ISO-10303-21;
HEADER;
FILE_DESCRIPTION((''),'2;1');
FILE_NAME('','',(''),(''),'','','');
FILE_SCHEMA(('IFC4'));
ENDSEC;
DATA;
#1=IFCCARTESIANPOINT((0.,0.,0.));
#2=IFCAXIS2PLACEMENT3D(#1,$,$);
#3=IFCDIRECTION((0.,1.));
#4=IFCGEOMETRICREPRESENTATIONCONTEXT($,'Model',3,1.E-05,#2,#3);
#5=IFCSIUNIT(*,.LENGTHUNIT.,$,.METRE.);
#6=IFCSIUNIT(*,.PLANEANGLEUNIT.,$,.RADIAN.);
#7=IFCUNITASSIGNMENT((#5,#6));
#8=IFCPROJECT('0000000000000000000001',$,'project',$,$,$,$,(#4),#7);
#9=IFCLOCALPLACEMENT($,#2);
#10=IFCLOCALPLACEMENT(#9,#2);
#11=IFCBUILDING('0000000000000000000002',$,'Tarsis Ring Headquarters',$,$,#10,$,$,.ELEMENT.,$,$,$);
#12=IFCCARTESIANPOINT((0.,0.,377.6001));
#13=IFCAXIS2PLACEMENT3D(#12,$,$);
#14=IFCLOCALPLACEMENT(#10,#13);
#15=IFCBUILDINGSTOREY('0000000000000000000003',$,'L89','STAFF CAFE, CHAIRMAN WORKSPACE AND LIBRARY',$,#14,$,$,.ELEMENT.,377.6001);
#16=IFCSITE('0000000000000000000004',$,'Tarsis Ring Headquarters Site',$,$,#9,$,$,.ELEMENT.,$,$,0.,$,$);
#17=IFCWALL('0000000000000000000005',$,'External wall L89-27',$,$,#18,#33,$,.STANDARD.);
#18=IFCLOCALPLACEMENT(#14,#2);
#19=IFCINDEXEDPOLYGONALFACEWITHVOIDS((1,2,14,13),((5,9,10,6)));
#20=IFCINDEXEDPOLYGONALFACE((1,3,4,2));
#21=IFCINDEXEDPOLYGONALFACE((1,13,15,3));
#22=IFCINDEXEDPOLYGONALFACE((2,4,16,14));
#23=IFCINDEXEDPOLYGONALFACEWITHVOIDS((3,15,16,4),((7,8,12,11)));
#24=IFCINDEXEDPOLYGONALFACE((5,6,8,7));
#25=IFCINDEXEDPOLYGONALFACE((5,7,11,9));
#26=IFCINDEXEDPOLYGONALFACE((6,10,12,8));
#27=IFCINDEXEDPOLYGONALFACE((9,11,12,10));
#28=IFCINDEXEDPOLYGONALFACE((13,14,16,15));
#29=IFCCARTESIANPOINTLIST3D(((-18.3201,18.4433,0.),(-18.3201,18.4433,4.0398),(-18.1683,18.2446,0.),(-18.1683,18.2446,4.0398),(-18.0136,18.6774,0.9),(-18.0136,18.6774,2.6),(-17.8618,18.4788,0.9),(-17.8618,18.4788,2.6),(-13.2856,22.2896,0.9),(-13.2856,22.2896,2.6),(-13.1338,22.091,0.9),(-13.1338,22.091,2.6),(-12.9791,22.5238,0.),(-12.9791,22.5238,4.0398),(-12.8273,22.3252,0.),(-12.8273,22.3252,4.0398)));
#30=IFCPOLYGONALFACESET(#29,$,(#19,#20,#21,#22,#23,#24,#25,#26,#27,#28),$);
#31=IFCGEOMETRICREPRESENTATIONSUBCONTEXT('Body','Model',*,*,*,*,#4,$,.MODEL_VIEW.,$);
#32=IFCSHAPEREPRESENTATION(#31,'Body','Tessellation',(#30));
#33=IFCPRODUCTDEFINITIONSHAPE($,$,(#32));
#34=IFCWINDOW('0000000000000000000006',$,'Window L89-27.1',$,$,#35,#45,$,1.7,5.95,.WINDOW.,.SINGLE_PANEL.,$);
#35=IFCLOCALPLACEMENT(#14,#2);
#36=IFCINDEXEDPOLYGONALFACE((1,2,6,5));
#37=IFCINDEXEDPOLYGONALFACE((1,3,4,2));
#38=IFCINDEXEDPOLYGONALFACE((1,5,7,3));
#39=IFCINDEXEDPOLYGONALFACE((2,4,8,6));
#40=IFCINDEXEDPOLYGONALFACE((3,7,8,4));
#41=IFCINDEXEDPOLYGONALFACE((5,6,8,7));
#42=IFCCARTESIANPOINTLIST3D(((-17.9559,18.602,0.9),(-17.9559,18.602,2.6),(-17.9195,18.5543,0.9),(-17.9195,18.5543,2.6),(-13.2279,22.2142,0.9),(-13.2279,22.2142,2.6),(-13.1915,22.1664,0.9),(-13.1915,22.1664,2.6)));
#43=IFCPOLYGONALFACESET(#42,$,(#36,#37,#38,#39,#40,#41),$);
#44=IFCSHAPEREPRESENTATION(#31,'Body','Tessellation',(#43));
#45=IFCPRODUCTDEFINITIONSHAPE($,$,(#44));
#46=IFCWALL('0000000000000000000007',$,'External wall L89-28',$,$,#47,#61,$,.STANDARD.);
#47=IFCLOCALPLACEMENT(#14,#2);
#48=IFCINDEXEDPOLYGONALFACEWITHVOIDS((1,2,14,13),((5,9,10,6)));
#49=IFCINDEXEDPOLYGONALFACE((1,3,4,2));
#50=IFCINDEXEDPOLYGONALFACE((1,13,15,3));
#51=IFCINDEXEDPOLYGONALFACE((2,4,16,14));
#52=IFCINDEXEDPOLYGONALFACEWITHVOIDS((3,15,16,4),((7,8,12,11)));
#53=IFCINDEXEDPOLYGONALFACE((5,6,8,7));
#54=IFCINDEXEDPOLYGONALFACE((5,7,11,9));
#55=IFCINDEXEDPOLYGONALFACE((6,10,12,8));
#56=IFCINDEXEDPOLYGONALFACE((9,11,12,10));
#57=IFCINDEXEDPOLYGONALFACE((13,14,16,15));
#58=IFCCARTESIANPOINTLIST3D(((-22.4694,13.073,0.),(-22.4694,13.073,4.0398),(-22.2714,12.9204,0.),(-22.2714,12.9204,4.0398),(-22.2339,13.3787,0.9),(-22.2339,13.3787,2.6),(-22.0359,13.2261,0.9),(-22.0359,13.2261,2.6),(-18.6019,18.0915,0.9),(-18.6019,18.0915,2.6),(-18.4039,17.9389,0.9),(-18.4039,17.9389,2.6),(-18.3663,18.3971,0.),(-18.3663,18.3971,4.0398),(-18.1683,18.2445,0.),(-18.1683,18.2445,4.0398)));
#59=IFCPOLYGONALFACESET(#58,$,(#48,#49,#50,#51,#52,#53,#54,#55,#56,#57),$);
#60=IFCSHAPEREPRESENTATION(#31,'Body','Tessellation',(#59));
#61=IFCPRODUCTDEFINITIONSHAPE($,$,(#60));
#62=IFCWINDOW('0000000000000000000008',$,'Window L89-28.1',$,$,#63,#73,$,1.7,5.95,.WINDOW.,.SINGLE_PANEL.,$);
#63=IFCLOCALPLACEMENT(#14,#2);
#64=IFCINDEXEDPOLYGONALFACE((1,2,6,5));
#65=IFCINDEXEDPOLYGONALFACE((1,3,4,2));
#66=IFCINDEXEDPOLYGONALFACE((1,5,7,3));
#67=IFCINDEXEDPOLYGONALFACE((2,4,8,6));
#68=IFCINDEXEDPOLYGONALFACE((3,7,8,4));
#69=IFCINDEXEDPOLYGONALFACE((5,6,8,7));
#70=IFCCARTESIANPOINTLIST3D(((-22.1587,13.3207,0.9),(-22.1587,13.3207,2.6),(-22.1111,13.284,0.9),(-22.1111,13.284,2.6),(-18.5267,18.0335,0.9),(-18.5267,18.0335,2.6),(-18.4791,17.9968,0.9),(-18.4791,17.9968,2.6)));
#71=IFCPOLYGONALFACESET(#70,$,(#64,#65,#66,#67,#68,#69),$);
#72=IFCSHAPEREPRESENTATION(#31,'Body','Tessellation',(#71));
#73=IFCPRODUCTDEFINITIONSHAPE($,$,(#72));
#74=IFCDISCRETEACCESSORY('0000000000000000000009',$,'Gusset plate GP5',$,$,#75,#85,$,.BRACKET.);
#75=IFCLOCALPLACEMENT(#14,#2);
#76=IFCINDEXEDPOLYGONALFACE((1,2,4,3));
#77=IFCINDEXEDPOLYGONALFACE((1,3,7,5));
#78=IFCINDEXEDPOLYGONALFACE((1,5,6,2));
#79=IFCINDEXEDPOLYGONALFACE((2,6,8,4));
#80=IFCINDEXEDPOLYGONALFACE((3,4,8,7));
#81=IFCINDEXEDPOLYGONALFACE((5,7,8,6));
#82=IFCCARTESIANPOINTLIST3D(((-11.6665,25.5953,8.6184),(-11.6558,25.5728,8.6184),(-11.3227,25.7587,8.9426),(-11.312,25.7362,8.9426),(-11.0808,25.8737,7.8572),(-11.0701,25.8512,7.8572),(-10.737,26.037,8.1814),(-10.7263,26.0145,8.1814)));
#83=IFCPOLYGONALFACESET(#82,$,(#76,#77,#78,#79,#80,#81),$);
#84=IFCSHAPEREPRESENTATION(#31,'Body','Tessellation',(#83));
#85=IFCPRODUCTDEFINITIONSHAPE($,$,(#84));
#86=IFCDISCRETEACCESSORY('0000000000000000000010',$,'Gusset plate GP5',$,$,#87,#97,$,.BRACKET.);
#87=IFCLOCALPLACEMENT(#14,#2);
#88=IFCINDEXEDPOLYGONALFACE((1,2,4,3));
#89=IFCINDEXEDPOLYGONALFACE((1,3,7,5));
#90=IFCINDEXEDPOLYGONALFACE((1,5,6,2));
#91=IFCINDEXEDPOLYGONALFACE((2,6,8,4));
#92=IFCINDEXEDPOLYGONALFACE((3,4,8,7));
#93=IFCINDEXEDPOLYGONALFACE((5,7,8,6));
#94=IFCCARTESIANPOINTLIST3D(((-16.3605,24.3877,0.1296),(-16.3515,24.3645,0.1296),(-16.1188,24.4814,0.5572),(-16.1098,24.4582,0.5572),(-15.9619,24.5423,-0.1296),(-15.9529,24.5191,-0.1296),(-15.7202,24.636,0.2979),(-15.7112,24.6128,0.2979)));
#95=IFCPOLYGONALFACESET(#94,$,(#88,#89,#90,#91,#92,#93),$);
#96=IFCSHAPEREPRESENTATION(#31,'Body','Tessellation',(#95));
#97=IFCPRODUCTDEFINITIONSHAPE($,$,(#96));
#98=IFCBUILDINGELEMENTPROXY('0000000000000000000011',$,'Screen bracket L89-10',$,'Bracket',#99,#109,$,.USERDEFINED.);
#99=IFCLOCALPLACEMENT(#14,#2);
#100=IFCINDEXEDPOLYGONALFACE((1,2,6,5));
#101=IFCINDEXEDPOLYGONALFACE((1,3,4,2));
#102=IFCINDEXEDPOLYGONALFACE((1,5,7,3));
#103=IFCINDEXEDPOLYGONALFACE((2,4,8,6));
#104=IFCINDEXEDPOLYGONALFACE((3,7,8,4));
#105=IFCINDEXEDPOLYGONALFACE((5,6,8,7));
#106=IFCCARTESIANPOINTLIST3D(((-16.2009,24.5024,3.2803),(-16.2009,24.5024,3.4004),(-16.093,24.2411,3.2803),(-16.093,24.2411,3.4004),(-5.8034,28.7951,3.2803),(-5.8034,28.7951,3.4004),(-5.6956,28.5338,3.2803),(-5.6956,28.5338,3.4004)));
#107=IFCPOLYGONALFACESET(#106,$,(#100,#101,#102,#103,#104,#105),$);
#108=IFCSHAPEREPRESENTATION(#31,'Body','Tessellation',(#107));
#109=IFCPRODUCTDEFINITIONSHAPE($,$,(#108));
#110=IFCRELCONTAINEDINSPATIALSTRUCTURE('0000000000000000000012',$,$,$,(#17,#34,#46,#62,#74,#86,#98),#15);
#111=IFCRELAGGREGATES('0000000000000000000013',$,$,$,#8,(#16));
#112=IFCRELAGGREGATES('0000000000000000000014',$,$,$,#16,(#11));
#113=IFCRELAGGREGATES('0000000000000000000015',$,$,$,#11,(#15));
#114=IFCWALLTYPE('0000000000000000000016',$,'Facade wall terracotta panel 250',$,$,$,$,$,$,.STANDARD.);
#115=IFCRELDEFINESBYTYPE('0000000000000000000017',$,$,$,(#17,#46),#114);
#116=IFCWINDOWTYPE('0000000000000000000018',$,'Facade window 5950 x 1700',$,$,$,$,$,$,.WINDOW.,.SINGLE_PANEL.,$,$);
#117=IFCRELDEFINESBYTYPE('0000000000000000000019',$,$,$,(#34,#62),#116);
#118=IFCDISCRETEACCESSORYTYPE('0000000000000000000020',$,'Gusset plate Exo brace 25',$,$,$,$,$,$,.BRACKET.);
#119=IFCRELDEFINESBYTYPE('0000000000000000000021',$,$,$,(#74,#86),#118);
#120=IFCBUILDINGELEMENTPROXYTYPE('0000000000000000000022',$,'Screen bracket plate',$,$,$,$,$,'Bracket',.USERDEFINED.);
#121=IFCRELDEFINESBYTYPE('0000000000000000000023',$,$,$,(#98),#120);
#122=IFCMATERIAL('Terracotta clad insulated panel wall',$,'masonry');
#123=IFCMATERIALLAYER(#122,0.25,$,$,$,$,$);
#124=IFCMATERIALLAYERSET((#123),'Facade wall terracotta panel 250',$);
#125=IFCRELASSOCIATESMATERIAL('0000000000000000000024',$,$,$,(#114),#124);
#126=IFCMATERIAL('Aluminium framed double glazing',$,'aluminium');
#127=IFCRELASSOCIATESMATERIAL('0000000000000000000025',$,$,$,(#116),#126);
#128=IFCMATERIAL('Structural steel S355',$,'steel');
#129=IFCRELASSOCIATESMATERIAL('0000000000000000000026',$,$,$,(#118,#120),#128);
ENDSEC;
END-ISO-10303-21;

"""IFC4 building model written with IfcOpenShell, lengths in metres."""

from ifc_helpers import new_model, si_unit, direction, frame, frame_2d, origin, origin_2d, place, context, subcontext, project, spatial, rectangle, extrude, material, layer, layer_set, material_profile, profile_set, type_object, element, fill, save


model = new_model("IFC4")

# Units and contexts
model_context = context("Model", 3, precision=1e-05, world=origin(), true_north=direction((0.0, 1.0)))
body_context = subcontext(model_context, "Body", "Model", "MODEL_VIEW")
ifc_project = project(units=[si_unit("LENGTHUNIT", "METRE"), si_unit("PLANEANGLEUNIT", "RADIAN")], contexts=[model_context])

# Site, building, storey
site_placement = place(None, origin())
site = spatial("IfcSite", under=ifc_project, at=site_placement, Name="Tarsis Ring Headquarters Site", CompositionType="ELEMENT", RefElevation=0.0)
building_placement = place(site_placement, origin())
building = spatial("IfcBuilding", under=site, at=building_placement, Name="Tarsis Ring Headquarters", CompositionType="ELEMENT")
storey_placement = place(building_placement, frame((0.0, 0.0, 377.6001)))
storey = spatial("IfcBuildingStorey", under=building, at=storey_placement, Name="L89", Description="STAFF CAFE, CHAIRMAN WORKSPACE AND LIBRARY", CompositionType="ELEMENT", Elevation=377.6001)

# Shared definitions
ifc_material_1 = material(Name="Structural steel S355", Category="steel")

# Walls, openings, windows
ifc_material_2 = material(Name="Terracotta clad insulated panel wall", Category="masonry")
ifc_layer_1 = layer(ifc_material_2, 0.25)
ifc_layer_set_1 = layer_set([ifc_layer_1], Name="Facade wall terracotta panel 250")
wall_type_1 = type_object("IfcWallType", Name="Facade wall terracotta panel 250", PredefinedType="STANDARD", material=ifc_layer_set_1)
ifc_material_3 = material(Name="Aluminium framed double glazing", Category="aluminium")
window_type = type_object("IfcWindowType", Name="Facade window 5950 x 1700", PartitioningType="SINGLE_PANEL", PredefinedType="WINDOW", material=ifc_material_3)
wall_1_placement = place(storey_placement, frame((-12.9031, 22.4246, 0.0), z_axis=(0.0, 0.0, 1.0), x_axis=(-0.794629, -0.607095, 0.0)))
wall_1 = element("IfcWall", 1, at=wall_1_placement, inside=storey, type_object=wall_type_1, Name="External wall L89-27", PredefinedType="STANDARD", context=body_context, shape_type="SweptSolid", body=[
    extrude(rectangle(XDim=6.7214, YDim=0.25, at=frame_2d((3.3608, 0.0))), origin(), (0.0, 0.0, 1.0), 4.0398),
])
opening_1_placement = place(wall_1_placement, frame((0.3857, 0.0, 0.8999)))
opening_1 = element("IfcOpeningElement", 2, at=opening_1_placement, cuts=wall_1, PredefinedType="OPENING", context=body_context, shape_type="SweptSolid", body=[
    extrude(rectangle(XDim=5.95, YDim=1.7, at=frame_2d((2.9751, 0.8501))), frame((0.0, 0.135, 0.0), z_axis=(0.0, -1.0, 0.0), x_axis=(1.0, 0.0, 0.0)), (0.0, 0.0, 1.0), 0.27),
])
window_1_placement = place(opening_1_placement, origin())
window_1 = element("IfcWindow", 3, at=window_1_placement, inside=storey, type_object=window_type, Name="Window L89-27.1", OverallHeight=1.7, OverallWidth=5.95, PartitioningType="SINGLE_PANEL", PredefinedType="WINDOW", context=body_context, shape_type="SweptSolid", body=[
    extrude(rectangle(XDim=5.95, YDim=1.7, at=frame_2d((2.9751, 0.8501))), frame((0.0, 0.03, 0.0), z_axis=(0.0, -1.0, 0.0), x_axis=(1.0, 0.0, 0.0)), (0.0, 0.0, 1.0), 0.0601),
])
fill(opening_1, window_1)
wall_2_placement = place(storey_placement, frame((-18.2673, 18.3208, 0.0), z_axis=(0.0, 0.0, 1.0), x_axis=(-0.610427, -0.792073, 0.0)))
wall_2 = element("IfcWall", 4, at=wall_2_placement, inside=storey, type_object=wall_type_1, Name="External wall L89-28", PredefinedType="STANDARD", context=body_context, shape_type="SweptSolid", body=[
    extrude(rectangle(XDim=6.7217, YDim=0.25, at=frame_2d((3.3608, 0.0))), origin(), (0.0, 0.0, 1.0), 4.0398),
])
opening_2_placement = place(wall_2_placement, frame((0.3857, 0.0, 0.8999)))
opening_2 = element("IfcOpeningElement", 5, at=opening_2_placement, cuts=wall_2, PredefinedType="OPENING", context=body_context, shape_type="SweptSolid", body=[
    extrude(rectangle(XDim=5.95, YDim=1.7, at=frame_2d((2.9751, 0.8501))), frame((0.0, 0.135, 0.0), z_axis=(0.0, -1.0, 0.0), x_axis=(1.0, 0.0, 0.0)), (0.0, 0.0, 1.0), 0.27),
])
window_2_placement = place(opening_2_placement, origin())
window_2 = element("IfcWindow", 6, at=window_2_placement, inside=storey, type_object=window_type, Name="Window L89-28.1", OverallHeight=1.7, OverallWidth=5.95, PartitioningType="SINGLE_PANEL", PredefinedType="WINDOW", context=body_context, shape_type="SweptSolid", body=[
    extrude(rectangle(XDim=5.95, YDim=1.7, at=frame_2d((2.9751, 0.8501))), frame((0.0, 0.03, 0.0), z_axis=(0.0, -1.0, 0.0), x_axis=(1.0, 0.0, 0.0)), (0.0, 0.0, 1.0), 0.0601),
])
fill(opening_2, window_2)

# Discrete accessories
ifc_material_profile_1 = material_profile(ifc_material_1, rectangle(XDim=0.0249, YDim=0.5, at=origin_2d()), Name="PL 25x500")
ifc_profile_set_1 = profile_set([ifc_material_profile_1], Name="Structural steel S355")
discrete_accessory_type = type_object("IfcDiscreteAccessoryType", Name="Gusset plate Exo brace 25", PredefinedType="BRACKET", material=ifc_profile_set_1)
discrete_accessory_1_placement = place(storey_placement, frame((-10.9036, 25.9441, 8.0193), z_axis=(-0.585702, -0.278324, 0.761242), x_axis=(0.429203, -0.903208, 0.0)))
element("IfcDiscreteAccessory", 7, at=discrete_accessory_1_placement, inside=storey, type_object=discrete_accessory_type, Name="Gusset plate GP5", PredefinedType="BRACKET", context=body_context, shape_type="SweptSolid", body=[
    extrude(rectangle(XDim=0.0249, YDim=0.5, at=origin_2d()), origin(), (0.0, 0.0, 1.0), 1.0),
])
discrete_accessory_2_placement = place(storey_placement, frame((-16.1567, 24.4534, 0.0), z_axis=(0.483441, 0.187517, 0.855057), x_axis=(-0.361628, 0.932322, 0.0)))
element("IfcDiscreteAccessory", 8, at=discrete_accessory_2_placement, inside=storey, type_object=discrete_accessory_type, Name="Gusset plate GP5", PredefinedType="BRACKET", context=body_context, shape_type="SweptSolid", body=[
    extrude(rectangle(XDim=0.0249, YDim=0.5, at=origin_2d()), origin(), (0.0, 0.0, 1.0), 0.5),
])

# Building element proxy
building_element_proxy_type = type_object("IfcBuildingElementProxyType", Name="Screen bracket plate", ElementType="Bracket", PredefinedType="USERDEFINED", material=ifc_material_1)
proxy_placement = place(storey_placement, frame((-10.9482, 26.5181, 3.2803), z_axis=(0.0, 0.0, 1.0), x_axis=(-0.924321, -0.381615, 0.0)))
element("IfcBuildingElementProxy", 9, at=proxy_placement, inside=storey, type_object=building_element_proxy_type, Name="Screen bracket L89-10", ObjectType="Bracket", PredefinedType="USERDEFINED", context=body_context, shape_type="SweptSolid", body=[
    extrude(rectangle(XDim=11.2488, YDim=0.2827, at=origin_2d()), origin(), (0.0, 0.0, 1.0), 0.1201),
])

save(model, "model.ifc")
